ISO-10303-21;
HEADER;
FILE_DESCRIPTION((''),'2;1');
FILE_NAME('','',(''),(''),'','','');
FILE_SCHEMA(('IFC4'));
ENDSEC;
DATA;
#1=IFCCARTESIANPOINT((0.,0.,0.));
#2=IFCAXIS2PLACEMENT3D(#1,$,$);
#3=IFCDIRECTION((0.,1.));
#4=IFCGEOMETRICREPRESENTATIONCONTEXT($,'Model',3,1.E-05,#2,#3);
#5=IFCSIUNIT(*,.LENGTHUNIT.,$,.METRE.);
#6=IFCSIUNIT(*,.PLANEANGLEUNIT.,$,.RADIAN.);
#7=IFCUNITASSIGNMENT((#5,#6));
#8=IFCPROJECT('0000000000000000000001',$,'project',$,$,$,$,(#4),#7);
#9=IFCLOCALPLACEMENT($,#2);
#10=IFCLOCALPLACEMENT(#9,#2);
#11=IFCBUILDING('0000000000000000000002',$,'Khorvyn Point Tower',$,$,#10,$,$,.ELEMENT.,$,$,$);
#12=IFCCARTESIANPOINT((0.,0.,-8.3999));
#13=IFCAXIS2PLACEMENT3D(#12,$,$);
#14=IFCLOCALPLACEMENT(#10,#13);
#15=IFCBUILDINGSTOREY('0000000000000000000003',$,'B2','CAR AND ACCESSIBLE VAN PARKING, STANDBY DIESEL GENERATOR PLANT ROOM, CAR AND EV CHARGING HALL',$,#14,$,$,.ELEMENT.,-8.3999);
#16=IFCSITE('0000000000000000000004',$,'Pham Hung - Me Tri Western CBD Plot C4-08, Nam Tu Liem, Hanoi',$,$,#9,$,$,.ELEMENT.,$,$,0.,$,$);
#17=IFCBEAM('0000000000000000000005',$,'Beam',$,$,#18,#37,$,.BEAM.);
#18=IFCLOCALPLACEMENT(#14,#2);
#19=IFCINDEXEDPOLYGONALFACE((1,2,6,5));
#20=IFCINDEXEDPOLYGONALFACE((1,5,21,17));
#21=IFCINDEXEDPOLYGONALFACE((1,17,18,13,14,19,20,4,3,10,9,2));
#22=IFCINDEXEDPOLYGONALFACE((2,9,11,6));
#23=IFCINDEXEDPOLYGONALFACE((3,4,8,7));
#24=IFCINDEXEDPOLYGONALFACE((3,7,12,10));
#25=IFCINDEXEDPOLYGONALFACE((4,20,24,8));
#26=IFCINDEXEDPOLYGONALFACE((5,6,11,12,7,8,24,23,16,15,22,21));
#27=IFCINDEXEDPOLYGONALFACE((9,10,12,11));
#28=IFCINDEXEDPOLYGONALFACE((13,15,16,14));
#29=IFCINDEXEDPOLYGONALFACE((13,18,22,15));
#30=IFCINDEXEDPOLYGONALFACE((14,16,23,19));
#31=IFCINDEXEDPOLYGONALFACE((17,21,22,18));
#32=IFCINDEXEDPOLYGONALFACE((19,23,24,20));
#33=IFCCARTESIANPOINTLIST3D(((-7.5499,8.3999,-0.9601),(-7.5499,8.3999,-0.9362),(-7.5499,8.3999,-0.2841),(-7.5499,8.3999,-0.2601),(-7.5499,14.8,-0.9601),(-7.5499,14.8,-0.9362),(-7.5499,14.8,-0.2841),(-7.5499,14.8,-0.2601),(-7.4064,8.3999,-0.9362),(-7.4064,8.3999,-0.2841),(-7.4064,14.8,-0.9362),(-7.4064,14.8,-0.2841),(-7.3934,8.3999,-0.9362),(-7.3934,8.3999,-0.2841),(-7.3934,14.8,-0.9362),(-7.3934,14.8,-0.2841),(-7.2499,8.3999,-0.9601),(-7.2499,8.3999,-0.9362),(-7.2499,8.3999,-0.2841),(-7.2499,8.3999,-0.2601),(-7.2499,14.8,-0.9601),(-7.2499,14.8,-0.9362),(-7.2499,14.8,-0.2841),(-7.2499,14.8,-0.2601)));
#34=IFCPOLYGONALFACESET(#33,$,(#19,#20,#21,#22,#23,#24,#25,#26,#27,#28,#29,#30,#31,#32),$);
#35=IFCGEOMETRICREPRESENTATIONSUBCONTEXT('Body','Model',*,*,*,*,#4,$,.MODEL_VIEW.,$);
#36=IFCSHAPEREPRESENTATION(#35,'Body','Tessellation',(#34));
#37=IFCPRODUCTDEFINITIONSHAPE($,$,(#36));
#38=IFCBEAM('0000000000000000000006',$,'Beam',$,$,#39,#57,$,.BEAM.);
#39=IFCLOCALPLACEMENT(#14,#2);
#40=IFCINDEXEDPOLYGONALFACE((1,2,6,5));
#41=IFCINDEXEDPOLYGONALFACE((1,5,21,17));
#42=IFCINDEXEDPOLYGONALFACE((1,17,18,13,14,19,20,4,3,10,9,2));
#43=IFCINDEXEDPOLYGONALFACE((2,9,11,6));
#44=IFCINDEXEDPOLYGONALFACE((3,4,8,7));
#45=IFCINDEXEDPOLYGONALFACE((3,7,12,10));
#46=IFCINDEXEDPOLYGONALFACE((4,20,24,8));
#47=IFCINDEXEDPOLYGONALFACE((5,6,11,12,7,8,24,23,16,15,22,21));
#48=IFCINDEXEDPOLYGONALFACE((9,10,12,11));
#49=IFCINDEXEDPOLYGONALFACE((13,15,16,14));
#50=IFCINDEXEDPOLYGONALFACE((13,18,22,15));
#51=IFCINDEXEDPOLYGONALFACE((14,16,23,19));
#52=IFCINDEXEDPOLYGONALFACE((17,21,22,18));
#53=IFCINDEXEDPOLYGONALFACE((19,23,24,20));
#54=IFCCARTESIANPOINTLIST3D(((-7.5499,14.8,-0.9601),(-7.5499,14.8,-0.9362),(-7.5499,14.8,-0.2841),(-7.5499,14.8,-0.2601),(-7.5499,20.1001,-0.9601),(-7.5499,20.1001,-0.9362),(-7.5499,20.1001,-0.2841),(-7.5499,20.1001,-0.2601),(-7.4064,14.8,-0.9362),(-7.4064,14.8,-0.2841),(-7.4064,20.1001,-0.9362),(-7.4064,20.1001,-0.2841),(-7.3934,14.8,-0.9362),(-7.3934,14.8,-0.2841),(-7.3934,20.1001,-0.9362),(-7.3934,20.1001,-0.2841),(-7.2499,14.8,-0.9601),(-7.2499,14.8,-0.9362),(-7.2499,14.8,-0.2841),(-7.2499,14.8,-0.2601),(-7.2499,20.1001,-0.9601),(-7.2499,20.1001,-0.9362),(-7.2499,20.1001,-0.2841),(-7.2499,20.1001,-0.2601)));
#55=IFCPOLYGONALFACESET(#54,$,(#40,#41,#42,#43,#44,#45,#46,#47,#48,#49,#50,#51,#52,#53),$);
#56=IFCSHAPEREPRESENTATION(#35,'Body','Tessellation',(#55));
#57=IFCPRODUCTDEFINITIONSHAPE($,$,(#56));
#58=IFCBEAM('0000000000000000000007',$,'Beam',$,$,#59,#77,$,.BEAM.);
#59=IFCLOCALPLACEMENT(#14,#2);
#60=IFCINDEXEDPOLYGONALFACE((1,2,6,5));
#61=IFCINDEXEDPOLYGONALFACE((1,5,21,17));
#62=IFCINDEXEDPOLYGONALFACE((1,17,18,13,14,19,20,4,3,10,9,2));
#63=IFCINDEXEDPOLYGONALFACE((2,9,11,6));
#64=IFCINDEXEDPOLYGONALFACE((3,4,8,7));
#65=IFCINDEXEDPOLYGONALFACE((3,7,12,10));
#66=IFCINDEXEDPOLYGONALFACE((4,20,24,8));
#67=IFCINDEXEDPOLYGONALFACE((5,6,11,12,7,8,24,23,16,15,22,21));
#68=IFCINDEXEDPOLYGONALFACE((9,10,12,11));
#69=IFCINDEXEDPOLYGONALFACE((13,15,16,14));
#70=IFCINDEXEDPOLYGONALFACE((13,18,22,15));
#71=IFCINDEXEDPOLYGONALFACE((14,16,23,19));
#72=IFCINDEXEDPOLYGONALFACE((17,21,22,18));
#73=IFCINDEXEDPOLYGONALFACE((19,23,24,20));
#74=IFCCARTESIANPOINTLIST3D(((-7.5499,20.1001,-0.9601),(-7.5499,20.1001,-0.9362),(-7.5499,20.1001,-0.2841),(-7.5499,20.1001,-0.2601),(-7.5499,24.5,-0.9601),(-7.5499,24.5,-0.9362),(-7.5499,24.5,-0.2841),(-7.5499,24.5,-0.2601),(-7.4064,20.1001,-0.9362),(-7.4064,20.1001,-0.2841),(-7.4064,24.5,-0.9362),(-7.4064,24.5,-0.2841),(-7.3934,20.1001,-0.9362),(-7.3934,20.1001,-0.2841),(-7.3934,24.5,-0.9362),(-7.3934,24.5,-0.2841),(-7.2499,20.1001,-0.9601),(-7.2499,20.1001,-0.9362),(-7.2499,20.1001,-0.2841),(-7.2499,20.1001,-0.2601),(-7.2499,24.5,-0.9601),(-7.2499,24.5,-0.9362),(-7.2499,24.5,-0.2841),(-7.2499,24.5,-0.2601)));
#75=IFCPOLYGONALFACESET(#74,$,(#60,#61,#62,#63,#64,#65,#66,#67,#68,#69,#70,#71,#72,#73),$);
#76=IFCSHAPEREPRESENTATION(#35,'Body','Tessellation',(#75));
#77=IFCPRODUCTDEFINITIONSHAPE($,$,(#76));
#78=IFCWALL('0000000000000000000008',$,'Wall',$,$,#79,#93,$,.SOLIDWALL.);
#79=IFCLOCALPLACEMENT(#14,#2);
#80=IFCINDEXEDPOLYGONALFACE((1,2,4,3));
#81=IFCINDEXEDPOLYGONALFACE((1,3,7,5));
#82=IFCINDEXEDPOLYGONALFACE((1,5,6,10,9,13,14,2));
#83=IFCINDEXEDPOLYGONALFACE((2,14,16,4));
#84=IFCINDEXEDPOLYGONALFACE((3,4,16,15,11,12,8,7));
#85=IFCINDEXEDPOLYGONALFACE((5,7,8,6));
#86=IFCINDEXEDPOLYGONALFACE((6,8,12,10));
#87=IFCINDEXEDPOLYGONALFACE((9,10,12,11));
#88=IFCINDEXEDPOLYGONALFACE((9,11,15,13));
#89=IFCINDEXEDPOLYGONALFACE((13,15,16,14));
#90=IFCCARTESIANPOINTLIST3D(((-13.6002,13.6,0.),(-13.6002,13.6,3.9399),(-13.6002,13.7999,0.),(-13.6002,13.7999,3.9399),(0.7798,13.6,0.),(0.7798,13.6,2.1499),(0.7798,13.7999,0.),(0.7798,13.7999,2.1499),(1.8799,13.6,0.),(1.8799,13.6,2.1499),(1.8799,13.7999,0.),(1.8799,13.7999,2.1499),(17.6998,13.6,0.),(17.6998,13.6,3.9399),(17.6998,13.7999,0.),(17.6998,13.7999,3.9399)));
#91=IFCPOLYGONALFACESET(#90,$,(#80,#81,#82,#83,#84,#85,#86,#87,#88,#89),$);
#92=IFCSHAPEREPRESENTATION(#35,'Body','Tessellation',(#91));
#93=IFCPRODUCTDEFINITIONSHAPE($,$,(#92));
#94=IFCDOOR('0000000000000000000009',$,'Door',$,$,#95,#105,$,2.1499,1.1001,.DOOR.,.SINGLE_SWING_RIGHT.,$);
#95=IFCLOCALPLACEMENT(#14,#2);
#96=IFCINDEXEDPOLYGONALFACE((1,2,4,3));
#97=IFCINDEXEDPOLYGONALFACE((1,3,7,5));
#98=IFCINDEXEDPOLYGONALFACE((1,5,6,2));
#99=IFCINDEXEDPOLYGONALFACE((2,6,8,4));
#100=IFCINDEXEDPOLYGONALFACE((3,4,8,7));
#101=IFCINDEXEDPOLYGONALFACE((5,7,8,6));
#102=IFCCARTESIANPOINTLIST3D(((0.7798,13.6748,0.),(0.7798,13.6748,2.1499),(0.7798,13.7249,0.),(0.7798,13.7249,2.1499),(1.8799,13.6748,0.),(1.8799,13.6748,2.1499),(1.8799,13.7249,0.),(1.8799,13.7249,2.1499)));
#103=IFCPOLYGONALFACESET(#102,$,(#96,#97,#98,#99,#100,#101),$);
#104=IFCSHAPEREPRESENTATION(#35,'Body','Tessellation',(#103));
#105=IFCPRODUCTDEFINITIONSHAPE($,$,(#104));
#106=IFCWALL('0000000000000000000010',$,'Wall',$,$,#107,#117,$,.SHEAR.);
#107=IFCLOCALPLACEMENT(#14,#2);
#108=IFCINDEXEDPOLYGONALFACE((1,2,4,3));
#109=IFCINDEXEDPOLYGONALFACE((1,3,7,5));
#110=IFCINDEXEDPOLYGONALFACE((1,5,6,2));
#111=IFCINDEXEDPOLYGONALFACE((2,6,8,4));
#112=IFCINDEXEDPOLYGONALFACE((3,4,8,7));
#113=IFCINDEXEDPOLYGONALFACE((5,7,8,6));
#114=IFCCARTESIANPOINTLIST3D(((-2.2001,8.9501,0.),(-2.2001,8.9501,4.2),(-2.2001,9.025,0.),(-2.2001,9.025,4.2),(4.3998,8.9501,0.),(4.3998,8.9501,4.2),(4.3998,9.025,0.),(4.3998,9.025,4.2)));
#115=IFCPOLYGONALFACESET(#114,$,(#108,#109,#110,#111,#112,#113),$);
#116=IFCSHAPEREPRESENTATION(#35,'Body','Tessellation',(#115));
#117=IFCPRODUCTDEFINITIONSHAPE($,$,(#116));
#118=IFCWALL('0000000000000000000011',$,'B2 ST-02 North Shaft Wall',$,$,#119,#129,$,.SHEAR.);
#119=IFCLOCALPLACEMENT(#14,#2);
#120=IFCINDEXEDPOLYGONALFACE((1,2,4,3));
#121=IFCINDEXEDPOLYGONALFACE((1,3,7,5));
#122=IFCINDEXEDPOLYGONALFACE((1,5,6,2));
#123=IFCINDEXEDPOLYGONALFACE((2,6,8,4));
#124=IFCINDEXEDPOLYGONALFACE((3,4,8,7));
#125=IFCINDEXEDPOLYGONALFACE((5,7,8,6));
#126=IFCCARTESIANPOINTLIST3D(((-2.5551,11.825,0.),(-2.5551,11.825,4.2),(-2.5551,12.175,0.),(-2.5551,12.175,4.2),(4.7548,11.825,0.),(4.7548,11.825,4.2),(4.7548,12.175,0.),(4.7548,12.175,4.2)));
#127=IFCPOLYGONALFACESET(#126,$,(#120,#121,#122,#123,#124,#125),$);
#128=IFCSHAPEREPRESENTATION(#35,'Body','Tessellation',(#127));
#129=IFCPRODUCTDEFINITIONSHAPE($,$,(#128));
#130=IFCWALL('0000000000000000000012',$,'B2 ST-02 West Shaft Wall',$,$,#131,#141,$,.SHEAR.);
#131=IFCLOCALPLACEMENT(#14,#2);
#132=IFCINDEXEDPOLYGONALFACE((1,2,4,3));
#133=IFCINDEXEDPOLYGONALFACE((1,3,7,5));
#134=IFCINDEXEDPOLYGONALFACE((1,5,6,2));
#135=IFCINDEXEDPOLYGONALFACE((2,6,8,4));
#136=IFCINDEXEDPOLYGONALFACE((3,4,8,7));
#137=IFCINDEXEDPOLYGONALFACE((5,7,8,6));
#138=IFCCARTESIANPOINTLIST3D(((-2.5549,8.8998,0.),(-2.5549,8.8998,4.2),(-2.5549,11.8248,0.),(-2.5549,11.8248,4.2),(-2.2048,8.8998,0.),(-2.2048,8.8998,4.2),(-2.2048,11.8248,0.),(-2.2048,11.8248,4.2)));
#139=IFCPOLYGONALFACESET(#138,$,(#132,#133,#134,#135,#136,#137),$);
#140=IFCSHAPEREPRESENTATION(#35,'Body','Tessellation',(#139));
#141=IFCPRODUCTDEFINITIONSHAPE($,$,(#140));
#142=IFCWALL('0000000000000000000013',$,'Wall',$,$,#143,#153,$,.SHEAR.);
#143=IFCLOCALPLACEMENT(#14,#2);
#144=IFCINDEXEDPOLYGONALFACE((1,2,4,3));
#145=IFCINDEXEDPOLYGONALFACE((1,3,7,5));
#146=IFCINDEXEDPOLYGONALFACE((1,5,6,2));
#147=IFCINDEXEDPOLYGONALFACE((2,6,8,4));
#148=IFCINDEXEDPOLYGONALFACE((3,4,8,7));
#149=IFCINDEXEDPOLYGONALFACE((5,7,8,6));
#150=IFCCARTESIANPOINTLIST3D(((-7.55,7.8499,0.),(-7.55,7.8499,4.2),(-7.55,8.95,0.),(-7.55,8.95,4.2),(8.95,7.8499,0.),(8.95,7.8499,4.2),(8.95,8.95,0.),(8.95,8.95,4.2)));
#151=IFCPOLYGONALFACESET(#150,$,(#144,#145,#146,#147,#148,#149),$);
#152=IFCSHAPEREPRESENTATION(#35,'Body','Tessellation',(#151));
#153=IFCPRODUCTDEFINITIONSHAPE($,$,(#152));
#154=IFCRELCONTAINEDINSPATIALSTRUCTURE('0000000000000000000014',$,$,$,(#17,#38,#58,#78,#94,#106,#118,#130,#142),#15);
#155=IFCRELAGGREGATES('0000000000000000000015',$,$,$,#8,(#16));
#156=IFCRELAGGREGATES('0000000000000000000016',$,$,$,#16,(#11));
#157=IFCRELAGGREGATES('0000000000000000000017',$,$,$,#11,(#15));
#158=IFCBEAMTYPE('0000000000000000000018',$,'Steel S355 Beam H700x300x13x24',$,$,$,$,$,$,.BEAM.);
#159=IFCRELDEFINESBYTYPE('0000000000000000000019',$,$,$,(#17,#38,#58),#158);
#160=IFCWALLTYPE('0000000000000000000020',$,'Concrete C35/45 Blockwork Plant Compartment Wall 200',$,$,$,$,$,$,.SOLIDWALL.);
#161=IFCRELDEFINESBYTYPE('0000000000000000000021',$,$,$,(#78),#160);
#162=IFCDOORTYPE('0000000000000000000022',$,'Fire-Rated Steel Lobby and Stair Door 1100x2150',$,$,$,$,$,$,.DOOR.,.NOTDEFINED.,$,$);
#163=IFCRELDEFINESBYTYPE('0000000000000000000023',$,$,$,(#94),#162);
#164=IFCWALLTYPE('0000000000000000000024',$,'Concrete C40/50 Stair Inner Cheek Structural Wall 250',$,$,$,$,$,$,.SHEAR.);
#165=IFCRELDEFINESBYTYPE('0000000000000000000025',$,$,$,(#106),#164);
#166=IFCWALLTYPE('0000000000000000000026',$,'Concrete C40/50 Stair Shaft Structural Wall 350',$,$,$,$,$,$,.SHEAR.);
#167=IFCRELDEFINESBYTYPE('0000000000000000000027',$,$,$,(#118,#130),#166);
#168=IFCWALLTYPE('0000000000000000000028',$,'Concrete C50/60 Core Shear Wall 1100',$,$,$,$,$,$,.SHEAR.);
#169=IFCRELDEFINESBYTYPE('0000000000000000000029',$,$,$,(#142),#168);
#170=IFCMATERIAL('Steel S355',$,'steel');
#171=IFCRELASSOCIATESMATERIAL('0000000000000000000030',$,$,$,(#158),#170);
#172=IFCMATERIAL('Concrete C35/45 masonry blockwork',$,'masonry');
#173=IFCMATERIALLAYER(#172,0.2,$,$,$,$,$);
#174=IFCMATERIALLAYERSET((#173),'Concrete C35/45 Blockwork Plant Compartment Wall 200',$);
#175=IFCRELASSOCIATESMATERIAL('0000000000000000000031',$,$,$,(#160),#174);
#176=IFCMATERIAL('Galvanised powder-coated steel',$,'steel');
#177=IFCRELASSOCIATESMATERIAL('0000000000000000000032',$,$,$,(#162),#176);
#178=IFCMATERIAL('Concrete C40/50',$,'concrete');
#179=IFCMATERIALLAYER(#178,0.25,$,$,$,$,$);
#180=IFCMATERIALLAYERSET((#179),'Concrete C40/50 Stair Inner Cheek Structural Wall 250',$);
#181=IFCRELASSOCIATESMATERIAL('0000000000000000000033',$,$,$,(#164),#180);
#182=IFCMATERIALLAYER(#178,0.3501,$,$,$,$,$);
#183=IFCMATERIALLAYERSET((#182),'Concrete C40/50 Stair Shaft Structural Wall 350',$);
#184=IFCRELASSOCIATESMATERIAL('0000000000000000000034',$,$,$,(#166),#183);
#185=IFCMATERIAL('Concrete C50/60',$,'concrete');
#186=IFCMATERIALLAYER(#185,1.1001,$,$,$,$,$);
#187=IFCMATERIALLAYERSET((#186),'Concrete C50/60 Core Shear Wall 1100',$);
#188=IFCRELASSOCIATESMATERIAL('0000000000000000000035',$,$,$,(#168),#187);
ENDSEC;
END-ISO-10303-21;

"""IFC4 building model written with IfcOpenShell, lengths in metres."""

from ifc_helpers import new_model, si_unit, direction, frame, frame_2d, origin, origin_2d, place, context, subcontext, project, spatial, rectangle, i_section, extrude, material, layer, layer_set, material_profile, profile_set, type_object, element, fill, save


model = new_model("IFC4")

# Units and contexts
model_context = context("Model", 3, precision=1e-05, world=origin(), true_north=direction((0.0, 1.0)))
body_context = subcontext(model_context, "Body", "Model", "MODEL_VIEW")
ifc_project = project(units=[si_unit("LENGTHUNIT", "METRE"), si_unit("PLANEANGLEUNIT", "RADIAN")], contexts=[model_context])

# Site, building, storey
site_placement = place(None, origin())
site = spatial("IfcSite", under=ifc_project, at=site_placement, Name="Pham Hung - Me Tri Western CBD Plot C4-08, Nam Tu Liem, Hanoi", CompositionType="ELEMENT", RefElevation=0.0)
building_placement = place(site_placement, origin())
building = spatial("IfcBuilding", under=site, at=building_placement, Name="Khorvyn Point Tower", CompositionType="ELEMENT")
storey_placement = place(building_placement, frame((0.0, 0.0, -8.3999)))
storey = spatial("IfcBuildingStorey", under=building, at=storey_placement, Name="B2", Description="CAR AND ACCESSIBLE VAN PARKING, STANDBY DIESEL GENERATOR PLANT ROOM, CAR AND EV CHARGING HALL", CompositionType="ELEMENT", Elevation=-8.3999)

# Shared definitions
ifc_material_1 = material(Name="Concrete C50/60", Category="concrete")

# Beams
ifc_material_2 = material(Name="Steel S355", Category="steel")
ifc_material_profile_1 = material_profile(ifc_material_2, i_section(OverallWidth=0.3, OverallDepth=0.7, WebThickness=0.0129, FlangeThickness=0.0239, at=origin_2d()))
ifc_profile_set_1 = profile_set([ifc_material_profile_1], Name="Steel S355 H700x300x13x24")
beam_type_1 = type_object("IfcBeamType", Name="Steel S355 Beam H700x300x13x24", PredefinedType="BEAM", material=ifc_profile_set_1)
beam_1_placement = place(storey_placement, frame((-7.3999, 8.3999, -0.6101), z_axis=(0.0, 1.0, 0.0), x_axis=(-1.0, 0.0, 0.0)))
element("IfcBeam", 1, at=beam_1_placement, inside=storey, type_object=beam_type_1, Name="Beam", PredefinedType="BEAM", context=body_context, shape_type="SweptSolid", body=[
    extrude(i_section(OverallWidth=0.3, OverallDepth=0.7, WebThickness=0.0129, FlangeThickness=0.0239, at=origin_2d()), origin(), (0.0, 0.0, 1.0), 6.4001),
])
beam_2_placement = place(storey_placement, frame((-7.3999, 14.8, -0.6101), z_axis=(0.0, 1.0, 0.0), x_axis=(-1.0, 0.0, 0.0)))
element("IfcBeam", 2, at=beam_2_placement, inside=storey, type_object=beam_type_1, Name="Beam", PredefinedType="BEAM", context=body_context, shape_type="SweptSolid", body=[
    extrude(i_section(OverallWidth=0.3, OverallDepth=0.7, WebThickness=0.0129, FlangeThickness=0.0239, at=origin_2d()), origin(), (0.0, 0.0, 1.0), 5.3),
])
beam_3_placement = place(storey_placement, frame((-7.3999, 20.1001, -0.6101), z_axis=(0.0, 1.0, 0.0), x_axis=(-1.0, 0.0, 0.0)))
element("IfcBeam", 3, at=beam_3_placement, inside=storey, type_object=beam_type_1, Name="Beam", PredefinedType="BEAM", context=body_context, shape_type="SweptSolid", body=[
    extrude(i_section(OverallWidth=0.3, OverallDepth=0.7, WebThickness=0.0129, FlangeThickness=0.0239, at=origin_2d()), origin(), (0.0, 0.0, 1.0), 4.3999),
])

# Wall, opening, door
ifc_material_3 = material(Name="Concrete C35/45 masonry blockwork", Category="masonry")
ifc_layer_1 = layer(ifc_material_3, 0.2)
ifc_layer_set_1 = layer_set([ifc_layer_1], Name="Concrete C35/45 Blockwork Plant Compartment Wall 200")
wall_type_1 = type_object("IfcWallType", Name="Concrete C35/45 Blockwork Plant Compartment Wall 200", PredefinedType="SOLIDWALL", material=ifc_layer_set_1)
wall_1_placement = place(storey_placement, frame((-13.6001, 13.7, 0.0), z_axis=(0.0, 0.0, 1.0), x_axis=(1.0, 0.0, 0.0)))
wall_1 = element("IfcWall", 4, at=wall_1_placement, inside=storey, type_object=wall_type_1, Name="Wall", PredefinedType="SOLIDWALL", context=body_context, shape_type="SweptSolid", body=[
    extrude(rectangle(XDim=31.3, YDim=0.2, at=frame_2d((15.6499, 0.0))), origin(), (0.0, 0.0, 1.0), 3.9399),
])
opening_1_placement = place(wall_1_placement, frame((14.3799, 0.0, 0.0)))
opening_1 = element("IfcOpeningElement", 5, at=opening_1_placement, cuts=wall_1, PredefinedType="OPENING", context=body_context, shape_type="SweptSolid", body=[
    extrude(rectangle(XDim=1.1001, YDim=2.1499, at=frame_2d((0.55, 1.075))), frame((0.0, 0.1099, 0.0), z_axis=(0.0, -1.0, 0.0), x_axis=(1.0, 0.0, 0.0)), (0.0, 0.0, 1.0), 0.22),
])
ifc_material_4 = material(Name="Galvanised powder-coated steel", Category="steel")
door_type = type_object("IfcDoorType", Name="Fire-Rated Steel Lobby and Stair Door 1100x2150", OperationType="NOTDEFINED", PredefinedType="DOOR", material=ifc_material_4)
door_1_placement = place(opening_1_placement, origin())
door_1 = element("IfcDoor", 6, at=door_1_placement, inside=storey, type_object=door_type, Name="Door", OperationType="SINGLE_SWING_RIGHT", OverallHeight=2.1499, OverallWidth=1.1001, PredefinedType="DOOR", context=body_context, shape_type="SweptSolid", body=[
    extrude(rectangle(XDim=1.1001, YDim=2.1499, at=frame_2d((0.55, 1.075))), frame((0.0, 0.0249, 0.0), z_axis=(0.0, -1.0, 0.0), x_axis=(1.0, 0.0, 0.0)), (0.0, 0.0, 1.0), 0.05),
])
fill(opening_1, door_1)
ifc_material_5 = material(Name="Concrete C40/50", Category="concrete")

# Walls
ifc_layer_2 = layer(ifc_material_5, 0.25)
ifc_layer_set_2 = layer_set([ifc_layer_2], Name="Concrete C40/50 Stair Inner Cheek Structural Wall 250")
wall_type_2 = type_object("IfcWallType", Name="Concrete C40/50 Stair Inner Cheek Structural Wall 250", PredefinedType="SHEAR", material=ifc_layer_set_2)
wall_2_placement = place(storey_placement, frame((-2.2, 8.9875, 0.0), z_axis=(0.0, 0.0, 1.0), x_axis=(1.0, 0.0, 0.0)))
element("IfcWall", 7, at=wall_2_placement, inside=storey, type_object=wall_type_2, Name="Wall", PredefinedType="SHEAR", context=body_context, shape_type="SweptSolid", body=[
    extrude(rectangle(XDim=6.5999, YDim=0.075, at=frame_2d((3.2998, 0.0))), origin(), (0.0, 0.0, 1.0), 4.2),
])
ifc_layer_3 = layer(ifc_material_5, 0.3501)
ifc_layer_set_3 = layer_set([ifc_layer_3], Name="Concrete C40/50 Stair Shaft Structural Wall 350")
wall_type_3 = type_object("IfcWallType", Name="Concrete C40/50 Stair Shaft Structural Wall 350", PredefinedType="SHEAR", material=ifc_layer_set_3)
wall_3_placement = place(storey_placement, frame((-2.5549, 12.0, 0.0), z_axis=(0.0, 0.0, 1.0), x_axis=(1.0, 0.0, 0.0)))
element("IfcWall", 8, at=wall_3_placement, inside=storey, type_object=wall_type_3, Name="B2 ST-02 North Shaft Wall", PredefinedType="SHEAR", context=body_context, shape_type="SweptSolid", body=[
    extrude(rectangle(XDim=7.3098, YDim=0.3501, at=frame_2d((3.6548, 0.0))), origin(), (0.0, 0.0, 1.0), 4.2),
])
wall_4_placement = place(storey_placement, frame((-2.3799, 8.8999, 0.0), z_axis=(0.0, 0.0, 1.0), x_axis=(0.0, 1.0, 0.0)))
element("IfcWall", 9, at=wall_4_placement, inside=storey, type_object=wall_type_3, Name="B2 ST-02 West Shaft Wall", PredefinedType="SHEAR", context=body_context, shape_type="SweptSolid", body=[
    extrude(rectangle(XDim=2.925, YDim=0.3501, at=frame_2d((1.4624, 0.0))), origin(), (0.0, 0.0, 1.0), 4.2),
])
ifc_layer_4 = layer(ifc_material_1, 1.1001)
ifc_layer_set_4 = layer_set([ifc_layer_4], Name="Concrete C50/60 Core Shear Wall 1100")
wall_type_4 = type_object("IfcWallType", Name="Concrete C50/60 Core Shear Wall 1100", PredefinedType="SHEAR", material=ifc_layer_set_4)
wall_5_placement = place(storey_placement, frame((-7.55, 8.3999, 0.0), z_axis=(0.0, 0.0, 1.0), x_axis=(1.0, 0.0, 0.0)))
element("IfcWall", 10, at=wall_5_placement, inside=storey, type_object=wall_type_4, Name="Wall", PredefinedType="SHEAR", context=body_context, shape_type="SweptSolid", body=[
    extrude(rectangle(XDim=16.5, YDim=1.1001, at=frame_2d((8.25, 0.0))), origin(), (0.0, 0.0, 1.0), 4.2),
])

save(model, "model.ifc")
